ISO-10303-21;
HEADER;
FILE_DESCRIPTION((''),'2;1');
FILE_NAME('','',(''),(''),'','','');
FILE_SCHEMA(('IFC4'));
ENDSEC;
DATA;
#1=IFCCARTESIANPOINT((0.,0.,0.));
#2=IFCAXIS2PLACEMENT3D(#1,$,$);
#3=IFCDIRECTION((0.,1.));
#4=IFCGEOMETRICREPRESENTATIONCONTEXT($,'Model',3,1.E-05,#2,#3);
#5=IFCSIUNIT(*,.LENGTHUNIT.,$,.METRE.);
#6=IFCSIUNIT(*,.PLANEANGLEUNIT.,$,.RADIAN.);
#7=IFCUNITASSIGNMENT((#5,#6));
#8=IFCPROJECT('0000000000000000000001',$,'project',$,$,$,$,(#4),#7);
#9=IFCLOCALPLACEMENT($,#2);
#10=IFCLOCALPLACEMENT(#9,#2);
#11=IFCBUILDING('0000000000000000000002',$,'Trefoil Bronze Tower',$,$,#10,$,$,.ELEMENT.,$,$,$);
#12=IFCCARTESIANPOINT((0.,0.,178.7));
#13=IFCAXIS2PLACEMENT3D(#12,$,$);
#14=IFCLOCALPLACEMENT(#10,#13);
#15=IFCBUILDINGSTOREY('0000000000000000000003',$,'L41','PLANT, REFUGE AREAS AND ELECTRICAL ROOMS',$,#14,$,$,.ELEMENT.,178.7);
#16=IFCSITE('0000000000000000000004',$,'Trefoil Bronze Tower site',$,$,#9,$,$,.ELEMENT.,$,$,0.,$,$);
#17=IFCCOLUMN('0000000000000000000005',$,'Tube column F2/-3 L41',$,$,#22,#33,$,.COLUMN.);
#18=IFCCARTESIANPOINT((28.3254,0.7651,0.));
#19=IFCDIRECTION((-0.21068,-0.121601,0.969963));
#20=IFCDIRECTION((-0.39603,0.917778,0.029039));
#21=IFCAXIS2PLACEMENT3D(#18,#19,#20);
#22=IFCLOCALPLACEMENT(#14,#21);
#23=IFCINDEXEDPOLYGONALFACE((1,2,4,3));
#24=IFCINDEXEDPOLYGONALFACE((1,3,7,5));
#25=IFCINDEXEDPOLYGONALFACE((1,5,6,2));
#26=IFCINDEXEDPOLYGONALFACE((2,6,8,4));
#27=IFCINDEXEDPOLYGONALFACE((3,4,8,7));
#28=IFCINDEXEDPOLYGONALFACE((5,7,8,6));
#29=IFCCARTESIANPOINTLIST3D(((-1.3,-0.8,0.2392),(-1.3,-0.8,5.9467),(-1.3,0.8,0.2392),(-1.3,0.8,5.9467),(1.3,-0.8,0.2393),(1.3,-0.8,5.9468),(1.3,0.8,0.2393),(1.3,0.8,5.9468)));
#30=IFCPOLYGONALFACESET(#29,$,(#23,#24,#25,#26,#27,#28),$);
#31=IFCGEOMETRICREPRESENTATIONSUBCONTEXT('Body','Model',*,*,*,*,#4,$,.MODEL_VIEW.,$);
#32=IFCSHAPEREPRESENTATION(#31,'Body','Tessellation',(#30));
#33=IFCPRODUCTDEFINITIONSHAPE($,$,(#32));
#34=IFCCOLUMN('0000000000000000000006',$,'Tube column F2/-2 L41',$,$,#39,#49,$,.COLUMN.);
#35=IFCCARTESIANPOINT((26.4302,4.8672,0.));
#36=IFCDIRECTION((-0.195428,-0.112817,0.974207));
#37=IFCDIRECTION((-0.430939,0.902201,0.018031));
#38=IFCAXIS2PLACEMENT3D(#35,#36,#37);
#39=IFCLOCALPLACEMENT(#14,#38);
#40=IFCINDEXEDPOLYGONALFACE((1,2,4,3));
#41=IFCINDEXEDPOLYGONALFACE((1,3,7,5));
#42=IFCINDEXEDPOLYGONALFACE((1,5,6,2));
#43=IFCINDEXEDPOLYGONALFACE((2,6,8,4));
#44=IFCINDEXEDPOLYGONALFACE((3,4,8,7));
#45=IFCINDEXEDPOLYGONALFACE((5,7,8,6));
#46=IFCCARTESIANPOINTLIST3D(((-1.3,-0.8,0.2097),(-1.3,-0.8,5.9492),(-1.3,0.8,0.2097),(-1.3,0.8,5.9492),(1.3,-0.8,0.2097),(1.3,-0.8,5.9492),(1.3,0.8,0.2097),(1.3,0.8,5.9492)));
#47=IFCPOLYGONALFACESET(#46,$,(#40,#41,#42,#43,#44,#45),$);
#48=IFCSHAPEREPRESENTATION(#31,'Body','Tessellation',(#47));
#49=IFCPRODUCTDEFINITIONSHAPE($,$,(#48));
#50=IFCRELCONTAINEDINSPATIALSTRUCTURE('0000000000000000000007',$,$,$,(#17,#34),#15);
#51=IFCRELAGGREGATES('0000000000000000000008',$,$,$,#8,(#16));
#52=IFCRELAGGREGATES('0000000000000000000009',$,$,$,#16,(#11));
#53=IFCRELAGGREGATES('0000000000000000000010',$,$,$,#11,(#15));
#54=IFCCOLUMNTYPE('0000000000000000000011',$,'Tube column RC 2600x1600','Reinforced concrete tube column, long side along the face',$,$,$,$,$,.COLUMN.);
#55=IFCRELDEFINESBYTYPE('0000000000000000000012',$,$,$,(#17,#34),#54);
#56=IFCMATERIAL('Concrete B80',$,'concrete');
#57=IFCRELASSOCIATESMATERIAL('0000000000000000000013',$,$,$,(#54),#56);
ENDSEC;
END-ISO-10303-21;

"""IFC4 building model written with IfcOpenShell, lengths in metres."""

from ifc_helpers import new_model, si_unit, direction, frame, origin, origin_2d, place, context, subcontext, project, spatial, rectangle, extrude, clip, halfspace, material, material_profile, profile_set, type_object, element, save


model = new_model("IFC4")

# Units and contexts
model_context = context("Model", 3, precision=1e-05, world=origin(), true_north=direction((0.0, 1.0)))
body_context = subcontext(model_context, "Body", "Model", "MODEL_VIEW")
ifc_project = project(units=[si_unit("LENGTHUNIT", "METRE"), si_unit("PLANEANGLEUNIT", "RADIAN")], contexts=[model_context])

# Site, building, storey
site_placement = place(None, origin())
site = spatial("IfcSite", under=ifc_project, at=site_placement, Name="Trefoil Bronze Tower site", CompositionType="ELEMENT", RefElevation=0.0)
building_placement = place(site_placement, origin())
building = spatial("IfcBuilding", under=site, at=building_placement, Name="Trefoil Bronze Tower", CompositionType="ELEMENT")
storey_placement = place(building_placement, frame((0.0, 0.0, 178.7)))
storey = spatial("IfcBuildingStorey", under=building, at=storey_placement, Name="L41", Description="PLANT, REFUGE AREAS AND ELECTRICAL ROOMS", CompositionType="ELEMENT", Elevation=178.7)

# Columns
ifc_material_1 = material(Name="Concrete B80", Category="concrete")
ifc_material_profile_1 = material_profile(ifc_material_1, rectangle(XDim=2.6001, YDim=1.6001, at=origin_2d()), Name="RC 2600x1600")
ifc_profile_set_1 = profile_set([ifc_material_profile_1], Name="Concrete B80")
column_type = type_object("IfcColumnType", Name="Tube column RC 2600x1600", Description="Reinforced concrete tube column, long side along the face", PredefinedType="COLUMN", material=ifc_profile_set_1)
column_1_placement = place(storey_placement, frame((28.3254, 0.7651, 0.0), z_axis=(-0.21068, -0.121601, 0.969963), x_axis=(-0.39603, 0.917778, 0.029039)))
element("IfcColumn", 1, at=column_1_placement, inside=storey, type_object=column_type, Name="Tube column F2/-3 L41", PredefinedType="COLUMN", context=body_context, shape_type="Clipping", body=[
    clip(clip(extrude(rectangle(XDim=2.6001, YDim=1.6001, at=origin_2d()), origin(), (0.0, 0.0, 1.0), 6.1858), halfspace(frame((0.0, 0.0, 0.2393), z_axis=(-0.00003, -0.000004, 1.0), x_axis=(0.0, 1.0, 0.000004)), True)), halfspace(frame((0.0, 0.0, 5.9468), z_axis=(0.00003, 0.000004, -1.0), x_axis=(0.0, -1.0, -0.000004)), True)),
])
column_2_placement = place(storey_placement, frame((26.4302, 4.8672, 0.0), z_axis=(-0.195428, -0.112817, 0.974207), x_axis=(-0.430939, 0.902201, 0.018031)))
element("IfcColumn", 2, at=column_2_placement, inside=storey, type_object=column_type, Name="Tube column F2/-2 L41", PredefinedType="COLUMN", context=body_context, shape_type="Clipping", body=[
    clip(clip(extrude(rectangle(XDim=2.6001, YDim=1.6001, at=origin_2d()), origin(), (0.0, 0.0, 1.0), 6.1589), halfspace(frame((0.0, 0.0, 0.2097), z_axis=(-0.000013, 0.000013, 1.0), x_axis=(0.0, 1.0, -0.000013)), True)), halfspace(frame((0.0, 0.0, 5.9492), z_axis=(0.000013, -0.000013, -1.0), x_axis=(0.0, -1.0, 0.000013)), True)),
])

save(model, "model.ifc")
